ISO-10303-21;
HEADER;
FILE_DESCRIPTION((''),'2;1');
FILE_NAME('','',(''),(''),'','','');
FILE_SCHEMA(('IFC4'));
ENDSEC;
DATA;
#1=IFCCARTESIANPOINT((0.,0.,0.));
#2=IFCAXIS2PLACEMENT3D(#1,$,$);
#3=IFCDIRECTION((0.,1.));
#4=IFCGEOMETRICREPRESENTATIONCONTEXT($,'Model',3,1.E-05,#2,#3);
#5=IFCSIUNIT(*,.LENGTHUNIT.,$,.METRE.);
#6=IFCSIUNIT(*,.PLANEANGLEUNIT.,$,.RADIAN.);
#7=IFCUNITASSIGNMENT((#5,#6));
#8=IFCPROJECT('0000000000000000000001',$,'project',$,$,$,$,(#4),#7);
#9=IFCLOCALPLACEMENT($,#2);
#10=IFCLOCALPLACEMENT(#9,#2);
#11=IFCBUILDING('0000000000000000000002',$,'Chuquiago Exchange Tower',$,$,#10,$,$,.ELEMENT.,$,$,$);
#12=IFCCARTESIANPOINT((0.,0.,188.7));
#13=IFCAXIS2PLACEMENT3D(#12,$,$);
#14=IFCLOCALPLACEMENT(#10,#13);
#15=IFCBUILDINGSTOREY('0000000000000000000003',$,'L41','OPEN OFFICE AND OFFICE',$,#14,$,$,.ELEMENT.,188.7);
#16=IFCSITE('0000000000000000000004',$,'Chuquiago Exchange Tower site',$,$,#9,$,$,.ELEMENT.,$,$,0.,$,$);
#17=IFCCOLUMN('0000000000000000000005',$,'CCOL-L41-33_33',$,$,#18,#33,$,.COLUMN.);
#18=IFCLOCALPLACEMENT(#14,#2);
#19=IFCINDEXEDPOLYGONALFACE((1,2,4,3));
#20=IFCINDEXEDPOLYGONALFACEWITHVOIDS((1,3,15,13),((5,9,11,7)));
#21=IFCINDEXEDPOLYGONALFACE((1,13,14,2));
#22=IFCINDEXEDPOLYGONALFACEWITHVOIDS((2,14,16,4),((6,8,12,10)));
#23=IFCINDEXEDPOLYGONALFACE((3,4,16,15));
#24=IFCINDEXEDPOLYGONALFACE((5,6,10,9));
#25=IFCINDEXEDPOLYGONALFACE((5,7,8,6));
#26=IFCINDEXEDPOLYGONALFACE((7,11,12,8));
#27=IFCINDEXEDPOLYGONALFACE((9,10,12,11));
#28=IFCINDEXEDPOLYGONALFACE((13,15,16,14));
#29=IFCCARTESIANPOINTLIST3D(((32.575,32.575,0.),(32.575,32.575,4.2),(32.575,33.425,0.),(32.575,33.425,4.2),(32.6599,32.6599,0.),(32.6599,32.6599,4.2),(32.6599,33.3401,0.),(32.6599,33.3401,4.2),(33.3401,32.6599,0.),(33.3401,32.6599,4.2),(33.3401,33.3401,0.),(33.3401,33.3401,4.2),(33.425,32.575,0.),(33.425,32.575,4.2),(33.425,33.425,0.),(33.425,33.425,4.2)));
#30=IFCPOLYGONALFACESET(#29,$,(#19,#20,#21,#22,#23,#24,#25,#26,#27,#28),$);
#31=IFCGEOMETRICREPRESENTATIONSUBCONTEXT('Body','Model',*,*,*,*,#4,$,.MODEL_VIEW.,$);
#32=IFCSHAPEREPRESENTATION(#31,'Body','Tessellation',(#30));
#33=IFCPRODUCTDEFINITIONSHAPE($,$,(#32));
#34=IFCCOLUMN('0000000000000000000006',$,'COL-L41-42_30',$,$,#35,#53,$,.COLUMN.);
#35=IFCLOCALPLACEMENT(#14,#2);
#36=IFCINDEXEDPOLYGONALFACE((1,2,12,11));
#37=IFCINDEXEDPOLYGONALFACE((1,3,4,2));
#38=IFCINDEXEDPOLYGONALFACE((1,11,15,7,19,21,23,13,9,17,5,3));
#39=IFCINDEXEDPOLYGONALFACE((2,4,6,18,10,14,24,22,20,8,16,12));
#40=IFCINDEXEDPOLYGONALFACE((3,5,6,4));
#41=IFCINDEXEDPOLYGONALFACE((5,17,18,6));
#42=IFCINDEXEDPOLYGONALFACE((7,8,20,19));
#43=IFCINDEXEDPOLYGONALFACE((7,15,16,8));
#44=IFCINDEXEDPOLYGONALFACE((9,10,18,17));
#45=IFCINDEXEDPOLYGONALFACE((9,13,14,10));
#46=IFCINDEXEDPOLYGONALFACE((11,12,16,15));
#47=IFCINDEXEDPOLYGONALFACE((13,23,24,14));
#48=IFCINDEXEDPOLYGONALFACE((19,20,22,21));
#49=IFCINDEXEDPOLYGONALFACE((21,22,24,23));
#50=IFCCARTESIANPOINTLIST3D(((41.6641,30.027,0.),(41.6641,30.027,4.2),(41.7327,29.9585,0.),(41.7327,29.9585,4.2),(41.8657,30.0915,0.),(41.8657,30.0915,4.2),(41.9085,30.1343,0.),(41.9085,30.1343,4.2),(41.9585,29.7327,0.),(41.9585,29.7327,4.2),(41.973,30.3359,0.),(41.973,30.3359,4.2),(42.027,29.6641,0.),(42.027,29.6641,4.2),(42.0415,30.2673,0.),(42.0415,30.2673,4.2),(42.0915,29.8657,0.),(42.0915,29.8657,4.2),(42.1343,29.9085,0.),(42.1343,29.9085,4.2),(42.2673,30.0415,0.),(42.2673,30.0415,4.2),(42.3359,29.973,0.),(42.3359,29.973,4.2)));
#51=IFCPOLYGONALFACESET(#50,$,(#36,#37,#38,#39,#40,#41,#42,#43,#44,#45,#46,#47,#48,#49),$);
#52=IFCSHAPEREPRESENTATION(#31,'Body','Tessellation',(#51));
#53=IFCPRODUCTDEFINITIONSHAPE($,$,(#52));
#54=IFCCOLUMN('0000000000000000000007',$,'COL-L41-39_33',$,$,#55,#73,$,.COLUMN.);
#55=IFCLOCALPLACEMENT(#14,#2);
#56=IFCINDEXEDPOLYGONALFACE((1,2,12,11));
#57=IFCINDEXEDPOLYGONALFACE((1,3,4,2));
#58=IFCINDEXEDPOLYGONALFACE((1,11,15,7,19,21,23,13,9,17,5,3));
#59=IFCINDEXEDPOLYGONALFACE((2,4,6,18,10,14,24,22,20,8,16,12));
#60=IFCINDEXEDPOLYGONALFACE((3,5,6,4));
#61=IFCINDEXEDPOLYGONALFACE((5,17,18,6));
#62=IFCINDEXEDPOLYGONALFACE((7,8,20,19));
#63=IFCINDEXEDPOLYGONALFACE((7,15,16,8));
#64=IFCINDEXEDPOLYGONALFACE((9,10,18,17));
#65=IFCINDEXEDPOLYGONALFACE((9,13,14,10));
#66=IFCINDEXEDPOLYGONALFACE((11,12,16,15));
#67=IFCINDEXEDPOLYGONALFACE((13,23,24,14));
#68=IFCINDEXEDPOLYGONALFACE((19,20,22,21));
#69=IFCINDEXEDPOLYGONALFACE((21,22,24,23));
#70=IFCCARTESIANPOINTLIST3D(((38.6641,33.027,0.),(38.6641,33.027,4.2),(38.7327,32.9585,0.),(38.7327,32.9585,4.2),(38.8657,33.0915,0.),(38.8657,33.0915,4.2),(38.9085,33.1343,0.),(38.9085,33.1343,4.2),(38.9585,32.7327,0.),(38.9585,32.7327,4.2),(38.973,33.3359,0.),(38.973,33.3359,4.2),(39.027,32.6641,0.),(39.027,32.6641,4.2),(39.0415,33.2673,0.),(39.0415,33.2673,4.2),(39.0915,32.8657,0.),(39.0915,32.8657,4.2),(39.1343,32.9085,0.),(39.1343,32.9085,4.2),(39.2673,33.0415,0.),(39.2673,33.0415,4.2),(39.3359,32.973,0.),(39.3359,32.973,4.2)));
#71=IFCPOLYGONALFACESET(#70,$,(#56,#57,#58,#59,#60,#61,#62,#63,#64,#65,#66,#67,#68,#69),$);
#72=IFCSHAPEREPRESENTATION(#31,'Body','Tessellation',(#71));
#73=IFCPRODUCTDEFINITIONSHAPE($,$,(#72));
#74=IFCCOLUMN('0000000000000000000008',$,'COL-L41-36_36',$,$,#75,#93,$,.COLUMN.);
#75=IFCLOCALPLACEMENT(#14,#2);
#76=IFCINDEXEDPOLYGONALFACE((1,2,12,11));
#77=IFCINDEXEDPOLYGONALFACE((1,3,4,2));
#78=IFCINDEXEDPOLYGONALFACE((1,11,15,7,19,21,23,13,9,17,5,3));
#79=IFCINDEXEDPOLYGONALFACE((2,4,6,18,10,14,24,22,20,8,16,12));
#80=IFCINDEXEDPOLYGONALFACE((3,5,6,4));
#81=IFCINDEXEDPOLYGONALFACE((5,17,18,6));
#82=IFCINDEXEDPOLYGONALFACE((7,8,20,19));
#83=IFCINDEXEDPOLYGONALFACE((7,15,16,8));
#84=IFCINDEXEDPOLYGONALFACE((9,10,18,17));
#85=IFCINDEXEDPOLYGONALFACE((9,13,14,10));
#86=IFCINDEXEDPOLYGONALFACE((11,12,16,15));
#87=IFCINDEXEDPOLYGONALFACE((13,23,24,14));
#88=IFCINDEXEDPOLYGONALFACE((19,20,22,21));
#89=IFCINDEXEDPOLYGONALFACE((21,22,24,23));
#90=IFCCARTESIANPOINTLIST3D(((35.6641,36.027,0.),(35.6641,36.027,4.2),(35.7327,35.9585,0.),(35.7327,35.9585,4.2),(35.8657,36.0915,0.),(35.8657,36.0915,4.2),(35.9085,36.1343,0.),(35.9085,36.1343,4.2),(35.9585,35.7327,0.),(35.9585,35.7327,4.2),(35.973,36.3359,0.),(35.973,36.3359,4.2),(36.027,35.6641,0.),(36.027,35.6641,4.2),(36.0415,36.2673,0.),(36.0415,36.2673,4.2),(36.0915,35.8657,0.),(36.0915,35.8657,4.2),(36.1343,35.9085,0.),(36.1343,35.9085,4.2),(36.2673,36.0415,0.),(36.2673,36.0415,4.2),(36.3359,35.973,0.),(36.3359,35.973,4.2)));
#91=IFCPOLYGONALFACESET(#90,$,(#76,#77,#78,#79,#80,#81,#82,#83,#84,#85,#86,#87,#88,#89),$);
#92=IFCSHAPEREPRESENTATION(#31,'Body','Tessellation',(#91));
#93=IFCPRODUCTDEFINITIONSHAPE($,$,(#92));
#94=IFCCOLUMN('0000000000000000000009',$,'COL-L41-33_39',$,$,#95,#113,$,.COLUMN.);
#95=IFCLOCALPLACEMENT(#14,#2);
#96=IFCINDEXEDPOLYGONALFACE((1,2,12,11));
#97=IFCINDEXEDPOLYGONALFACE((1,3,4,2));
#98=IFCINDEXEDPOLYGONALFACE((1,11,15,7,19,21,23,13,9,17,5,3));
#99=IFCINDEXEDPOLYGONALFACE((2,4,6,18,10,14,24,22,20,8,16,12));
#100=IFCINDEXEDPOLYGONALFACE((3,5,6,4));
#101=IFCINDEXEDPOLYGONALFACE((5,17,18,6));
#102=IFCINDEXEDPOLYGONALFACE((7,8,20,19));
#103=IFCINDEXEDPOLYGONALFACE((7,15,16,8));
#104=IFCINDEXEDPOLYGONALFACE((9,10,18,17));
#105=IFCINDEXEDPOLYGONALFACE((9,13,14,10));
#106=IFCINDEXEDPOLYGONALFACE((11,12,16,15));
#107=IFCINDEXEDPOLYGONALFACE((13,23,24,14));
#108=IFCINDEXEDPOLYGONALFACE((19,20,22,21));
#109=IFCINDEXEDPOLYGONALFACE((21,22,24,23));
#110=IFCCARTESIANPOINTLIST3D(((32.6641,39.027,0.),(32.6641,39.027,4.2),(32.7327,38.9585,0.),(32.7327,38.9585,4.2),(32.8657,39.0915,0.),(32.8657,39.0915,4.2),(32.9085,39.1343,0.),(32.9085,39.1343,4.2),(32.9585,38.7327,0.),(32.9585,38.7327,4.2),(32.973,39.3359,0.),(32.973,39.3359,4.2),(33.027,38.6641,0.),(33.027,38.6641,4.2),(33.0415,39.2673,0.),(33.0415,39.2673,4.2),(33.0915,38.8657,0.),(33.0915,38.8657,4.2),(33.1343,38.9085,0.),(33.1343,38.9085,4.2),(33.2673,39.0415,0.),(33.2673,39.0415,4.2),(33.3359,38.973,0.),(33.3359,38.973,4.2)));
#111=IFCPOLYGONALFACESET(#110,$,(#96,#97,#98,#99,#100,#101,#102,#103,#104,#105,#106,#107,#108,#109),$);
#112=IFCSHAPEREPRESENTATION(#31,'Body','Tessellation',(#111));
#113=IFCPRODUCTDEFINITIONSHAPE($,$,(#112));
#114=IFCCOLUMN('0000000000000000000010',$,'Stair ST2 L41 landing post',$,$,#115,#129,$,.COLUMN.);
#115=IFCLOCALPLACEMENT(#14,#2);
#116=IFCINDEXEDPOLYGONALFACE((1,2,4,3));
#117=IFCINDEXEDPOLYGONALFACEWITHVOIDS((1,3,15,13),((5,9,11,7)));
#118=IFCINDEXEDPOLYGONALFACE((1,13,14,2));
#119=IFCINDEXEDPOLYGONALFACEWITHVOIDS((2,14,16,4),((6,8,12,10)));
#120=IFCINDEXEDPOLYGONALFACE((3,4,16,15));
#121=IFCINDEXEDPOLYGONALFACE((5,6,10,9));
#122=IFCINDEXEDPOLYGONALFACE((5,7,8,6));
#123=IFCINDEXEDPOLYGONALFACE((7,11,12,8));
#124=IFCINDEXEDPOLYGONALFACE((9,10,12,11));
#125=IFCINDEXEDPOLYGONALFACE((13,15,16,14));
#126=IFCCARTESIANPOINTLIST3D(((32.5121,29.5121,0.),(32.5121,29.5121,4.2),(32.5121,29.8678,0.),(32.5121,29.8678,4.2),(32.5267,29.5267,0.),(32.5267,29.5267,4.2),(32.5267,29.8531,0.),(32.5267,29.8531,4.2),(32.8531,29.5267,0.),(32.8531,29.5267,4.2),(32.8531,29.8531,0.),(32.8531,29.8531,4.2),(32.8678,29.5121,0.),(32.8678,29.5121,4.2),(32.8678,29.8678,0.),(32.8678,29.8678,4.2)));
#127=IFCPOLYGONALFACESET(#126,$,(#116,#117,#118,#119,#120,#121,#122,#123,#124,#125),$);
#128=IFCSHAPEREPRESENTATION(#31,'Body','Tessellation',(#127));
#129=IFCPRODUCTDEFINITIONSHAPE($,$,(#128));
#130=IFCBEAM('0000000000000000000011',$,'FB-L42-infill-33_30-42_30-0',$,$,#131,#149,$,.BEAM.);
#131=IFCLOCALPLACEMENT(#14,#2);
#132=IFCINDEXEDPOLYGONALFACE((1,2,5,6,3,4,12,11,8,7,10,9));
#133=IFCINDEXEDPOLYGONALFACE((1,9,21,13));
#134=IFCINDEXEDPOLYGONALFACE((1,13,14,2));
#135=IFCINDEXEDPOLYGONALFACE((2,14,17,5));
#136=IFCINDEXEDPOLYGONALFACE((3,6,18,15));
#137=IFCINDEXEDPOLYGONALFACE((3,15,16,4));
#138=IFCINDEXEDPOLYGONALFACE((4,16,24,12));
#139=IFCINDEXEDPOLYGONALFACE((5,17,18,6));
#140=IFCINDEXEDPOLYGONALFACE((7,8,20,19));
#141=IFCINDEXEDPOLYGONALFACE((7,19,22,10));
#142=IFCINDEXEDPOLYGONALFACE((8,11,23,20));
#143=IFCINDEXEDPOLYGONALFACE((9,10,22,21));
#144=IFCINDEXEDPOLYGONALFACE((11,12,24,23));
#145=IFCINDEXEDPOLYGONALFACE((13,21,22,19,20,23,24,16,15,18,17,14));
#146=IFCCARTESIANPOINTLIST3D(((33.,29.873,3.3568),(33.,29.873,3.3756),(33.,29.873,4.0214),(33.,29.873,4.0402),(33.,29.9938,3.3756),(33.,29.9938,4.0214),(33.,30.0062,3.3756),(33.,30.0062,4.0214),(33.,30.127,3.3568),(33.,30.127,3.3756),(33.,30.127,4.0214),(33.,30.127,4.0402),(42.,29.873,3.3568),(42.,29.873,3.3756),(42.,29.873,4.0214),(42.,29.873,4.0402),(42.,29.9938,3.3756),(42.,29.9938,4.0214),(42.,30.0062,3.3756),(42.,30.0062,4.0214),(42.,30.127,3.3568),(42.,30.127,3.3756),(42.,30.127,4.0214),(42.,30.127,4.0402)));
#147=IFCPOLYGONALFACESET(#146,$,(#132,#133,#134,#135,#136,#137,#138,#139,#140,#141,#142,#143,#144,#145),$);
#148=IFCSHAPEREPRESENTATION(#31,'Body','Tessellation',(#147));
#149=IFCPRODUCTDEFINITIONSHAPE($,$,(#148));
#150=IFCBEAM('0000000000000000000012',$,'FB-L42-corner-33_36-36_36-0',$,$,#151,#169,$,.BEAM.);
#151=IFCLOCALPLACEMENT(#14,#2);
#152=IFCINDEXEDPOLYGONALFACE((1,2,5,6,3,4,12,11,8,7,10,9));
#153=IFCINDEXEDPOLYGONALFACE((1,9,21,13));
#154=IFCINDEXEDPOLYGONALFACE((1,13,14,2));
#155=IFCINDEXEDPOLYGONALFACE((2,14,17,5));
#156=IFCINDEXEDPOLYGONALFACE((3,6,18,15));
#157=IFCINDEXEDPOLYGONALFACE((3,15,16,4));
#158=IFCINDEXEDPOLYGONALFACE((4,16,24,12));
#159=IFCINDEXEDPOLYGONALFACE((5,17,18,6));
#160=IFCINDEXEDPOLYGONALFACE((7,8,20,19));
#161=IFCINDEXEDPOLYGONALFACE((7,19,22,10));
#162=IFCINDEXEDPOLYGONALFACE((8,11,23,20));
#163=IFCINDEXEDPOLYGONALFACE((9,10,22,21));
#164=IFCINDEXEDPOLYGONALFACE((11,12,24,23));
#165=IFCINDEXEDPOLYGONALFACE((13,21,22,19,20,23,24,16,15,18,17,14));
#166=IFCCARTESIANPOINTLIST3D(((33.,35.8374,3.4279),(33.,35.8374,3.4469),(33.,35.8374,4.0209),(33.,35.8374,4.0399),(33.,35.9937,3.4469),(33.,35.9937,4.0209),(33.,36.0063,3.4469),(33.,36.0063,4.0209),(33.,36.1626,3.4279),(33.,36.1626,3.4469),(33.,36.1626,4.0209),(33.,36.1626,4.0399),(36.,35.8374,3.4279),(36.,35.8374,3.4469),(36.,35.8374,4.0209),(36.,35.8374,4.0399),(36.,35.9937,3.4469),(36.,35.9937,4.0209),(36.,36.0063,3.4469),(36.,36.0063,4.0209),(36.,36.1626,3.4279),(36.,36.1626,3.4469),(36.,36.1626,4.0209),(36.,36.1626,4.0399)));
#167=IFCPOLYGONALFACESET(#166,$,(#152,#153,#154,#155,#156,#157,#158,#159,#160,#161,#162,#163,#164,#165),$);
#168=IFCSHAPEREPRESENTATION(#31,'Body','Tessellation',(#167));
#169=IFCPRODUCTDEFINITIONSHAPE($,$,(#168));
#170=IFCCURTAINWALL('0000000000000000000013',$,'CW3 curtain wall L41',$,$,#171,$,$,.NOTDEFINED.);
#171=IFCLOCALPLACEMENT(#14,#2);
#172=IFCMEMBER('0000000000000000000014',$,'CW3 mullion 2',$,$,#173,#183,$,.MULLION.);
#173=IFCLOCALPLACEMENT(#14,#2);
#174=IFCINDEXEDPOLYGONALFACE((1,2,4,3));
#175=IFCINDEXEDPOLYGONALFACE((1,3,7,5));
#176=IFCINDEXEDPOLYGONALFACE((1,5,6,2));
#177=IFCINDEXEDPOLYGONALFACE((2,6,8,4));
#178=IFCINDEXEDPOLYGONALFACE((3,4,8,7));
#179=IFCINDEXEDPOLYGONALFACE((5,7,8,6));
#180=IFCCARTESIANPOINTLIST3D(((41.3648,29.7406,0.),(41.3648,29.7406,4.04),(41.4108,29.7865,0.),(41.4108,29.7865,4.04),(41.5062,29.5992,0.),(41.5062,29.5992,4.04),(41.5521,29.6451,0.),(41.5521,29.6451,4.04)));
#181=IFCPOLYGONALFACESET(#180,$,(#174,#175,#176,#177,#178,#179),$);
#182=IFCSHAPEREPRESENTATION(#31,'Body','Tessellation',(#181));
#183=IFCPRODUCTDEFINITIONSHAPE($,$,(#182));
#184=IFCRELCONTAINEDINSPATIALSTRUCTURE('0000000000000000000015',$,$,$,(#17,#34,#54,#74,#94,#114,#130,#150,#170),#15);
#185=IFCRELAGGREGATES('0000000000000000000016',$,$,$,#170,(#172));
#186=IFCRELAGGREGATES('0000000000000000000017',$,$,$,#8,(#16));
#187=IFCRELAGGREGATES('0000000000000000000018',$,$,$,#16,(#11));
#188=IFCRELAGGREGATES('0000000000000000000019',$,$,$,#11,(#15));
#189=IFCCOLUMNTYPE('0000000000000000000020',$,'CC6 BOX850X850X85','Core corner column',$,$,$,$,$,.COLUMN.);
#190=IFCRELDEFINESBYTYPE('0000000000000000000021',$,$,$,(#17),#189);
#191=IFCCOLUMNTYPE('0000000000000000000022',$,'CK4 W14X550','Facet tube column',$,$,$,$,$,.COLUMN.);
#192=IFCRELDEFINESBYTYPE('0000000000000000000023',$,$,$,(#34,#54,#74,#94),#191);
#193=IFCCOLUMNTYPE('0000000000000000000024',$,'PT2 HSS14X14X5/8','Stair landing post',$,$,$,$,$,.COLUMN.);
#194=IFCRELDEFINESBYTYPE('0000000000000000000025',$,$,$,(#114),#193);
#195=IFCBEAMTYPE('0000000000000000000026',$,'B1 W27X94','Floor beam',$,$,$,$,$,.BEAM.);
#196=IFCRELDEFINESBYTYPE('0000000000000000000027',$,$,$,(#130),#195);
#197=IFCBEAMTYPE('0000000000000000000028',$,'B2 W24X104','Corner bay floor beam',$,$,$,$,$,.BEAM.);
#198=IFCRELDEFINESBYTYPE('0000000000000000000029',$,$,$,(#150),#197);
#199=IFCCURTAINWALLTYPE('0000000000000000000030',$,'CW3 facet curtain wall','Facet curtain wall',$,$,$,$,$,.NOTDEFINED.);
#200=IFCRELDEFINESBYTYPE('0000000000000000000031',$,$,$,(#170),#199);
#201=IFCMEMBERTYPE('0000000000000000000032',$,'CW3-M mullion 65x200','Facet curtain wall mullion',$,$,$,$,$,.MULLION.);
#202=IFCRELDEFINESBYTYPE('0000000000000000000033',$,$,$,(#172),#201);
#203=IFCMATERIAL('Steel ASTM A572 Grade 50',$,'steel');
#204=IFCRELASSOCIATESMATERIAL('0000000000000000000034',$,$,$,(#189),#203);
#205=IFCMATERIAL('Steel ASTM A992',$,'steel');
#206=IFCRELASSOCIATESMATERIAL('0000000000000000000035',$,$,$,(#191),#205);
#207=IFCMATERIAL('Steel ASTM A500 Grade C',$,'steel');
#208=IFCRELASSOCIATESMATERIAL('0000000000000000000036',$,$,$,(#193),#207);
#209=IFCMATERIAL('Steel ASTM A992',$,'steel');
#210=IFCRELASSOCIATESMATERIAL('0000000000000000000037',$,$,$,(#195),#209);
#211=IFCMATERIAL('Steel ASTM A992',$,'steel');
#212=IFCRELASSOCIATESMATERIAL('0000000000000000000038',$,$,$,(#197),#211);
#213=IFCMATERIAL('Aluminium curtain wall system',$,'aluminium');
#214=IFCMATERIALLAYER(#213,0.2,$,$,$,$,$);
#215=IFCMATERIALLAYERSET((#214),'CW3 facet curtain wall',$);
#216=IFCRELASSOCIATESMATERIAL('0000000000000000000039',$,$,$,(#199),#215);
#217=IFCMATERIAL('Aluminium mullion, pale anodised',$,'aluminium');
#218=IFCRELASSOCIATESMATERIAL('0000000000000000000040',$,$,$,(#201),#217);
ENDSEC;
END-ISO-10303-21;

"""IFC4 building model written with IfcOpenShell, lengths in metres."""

from ifc_helpers import new_model, si_unit, direction, frame, origin, origin_2d, place, context, subcontext, project, spatial, rectangle, hollow_rectangle, i_section, extrude, material, layer, layer_set, material_profile, profile_set, type_object, element, aggregate, save


model = new_model("IFC4")

# Units and contexts
model_context = context("Model", 3, precision=1e-05, world=origin(), true_north=direction((0.0, 1.0)))
body_context = subcontext(model_context, "Body", "Model", "MODEL_VIEW")
ifc_project = project(units=[si_unit("LENGTHUNIT", "METRE"), si_unit("PLANEANGLEUNIT", "RADIAN")], contexts=[model_context])

# Site, building, storey
site_placement = place(None, origin())
site = spatial("IfcSite", under=ifc_project, at=site_placement, Name="Chuquiago Exchange Tower site", CompositionType="ELEMENT", RefElevation=0.0)
building_placement = place(site_placement, origin())
building = spatial("IfcBuilding", under=site, at=building_placement, Name="Chuquiago Exchange Tower", CompositionType="ELEMENT")
storey_placement = place(building_placement, frame((0.0, 0.0, 188.7)))
storey = spatial("IfcBuildingStorey", under=building, at=storey_placement, Name="L41", Description="OPEN OFFICE AND OFFICE", CompositionType="ELEMENT", Elevation=188.7)

# Columns
ifc_material_1 = material(Name="Steel ASTM A572 Grade 50", Category="steel")
ifc_material_profile_1 = material_profile(ifc_material_1, hollow_rectangle(XDim=0.8501, YDim=0.8501, WallThickness=0.085, at=origin_2d()), Name="BOX850X850X85")
ifc_profile_set_1 = profile_set([ifc_material_profile_1], Name="Steel ASTM A572 Grade 50")
column_type_1 = type_object("IfcColumnType", Name="CC6 BOX850X850X85", Description="Core corner column", PredefinedType="COLUMN", material=ifc_profile_set_1)
column_1_placement = place(storey_placement, frame((33.0, 33.0, 0.0), z_axis=(0.0, 0.0, 1.0), x_axis=(1.0, 0.0, 0.0)))
element("IfcColumn", 1, at=column_1_placement, inside=storey, type_object=column_type_1, Name="CCOL-L41-33_33", PredefinedType="COLUMN", context=body_context, shape_type="SweptSolid", body=[
    extrude(hollow_rectangle(XDim=0.8501, YDim=0.8501, WallThickness=0.085, at=origin_2d()), origin(), (0.0, 0.0, 1.0), 4.2),
])
ifc_material_2 = material(Name="Steel ASTM A992", Category="steel")
ifc_material_profile_2 = material_profile(ifc_material_2, i_section(OverallWidth=0.4368, OverallDepth=0.5132, WebThickness=0.0605, FlangeThickness=0.0969, at=origin_2d()), Name="W14X550")
ifc_profile_set_2 = profile_set([ifc_material_profile_2], Name="Steel ASTM A992")
column_type_2 = type_object("IfcColumnType", Name="CK4 W14X550", Description="Facet tube column", PredefinedType="COLUMN", material=ifc_profile_set_2)
for number, where, z_axis, x_axis, name in (
    (2, (42.0, 30.0, 0.0), (0.0, 0.0, 1.0), (0.707107, 0.707107, 0.0), "COL-L41-42_30"),
    (3, (39.0, 33.0, 0.0), (0.0, 0.0, 1.0), (0.707107, 0.707107, 0.0), "COL-L41-39_33"),
    (4, (36.0, 36.0, 0.0), (0.0, 0.0, 1.0), (0.707107, 0.707107, 0.0), "COL-L41-36_36"),
    (5, (33.0, 39.0, 0.0), (0.0, 0.0, 1.0), (0.707107, 0.707107, 0.0), "COL-L41-33_39"),
):
    element("IfcColumn", number, at=place(storey_placement, frame(where, z_axis=z_axis, x_axis=x_axis)), inside=storey, type_object=column_type_2, Name=name, PredefinedType="COLUMN", context=body_context, shape_type="SweptSolid", body=[
        extrude(i_section(OverallWidth=0.4368, OverallDepth=0.5132, WebThickness=0.0605, FlangeThickness=0.0969, at=origin_2d()), origin(), (0.0, 0.0, 1.0), 4.2),
    ])
ifc_material_3 = material(Name="Steel ASTM A500 Grade C", Category="steel")
ifc_material_profile_3 = material_profile(ifc_material_3, hollow_rectangle(XDim=0.3557, YDim=0.3557, WallThickness=0.0146, at=origin_2d()), Name="HSS14X14X5/8")
ifc_profile_set_3 = profile_set([ifc_material_profile_3], Name="Steel ASTM A500 Grade C")
column_type_3 = type_object("IfcColumnType", Name="PT2 HSS14X14X5/8", Description="Stair landing post", PredefinedType="COLUMN", material=ifc_profile_set_3)
column_2_placement = place(storey_placement, frame((32.6899, 29.6899, 0.0), z_axis=(0.0, 0.0, 1.0), x_axis=(1.0, 0.0, 0.0)))
element("IfcColumn", 6, at=column_2_placement, inside=storey, type_object=column_type_3, Name="Stair ST2 L41 landing post", PredefinedType="COLUMN", context=body_context, shape_type="SweptSolid", body=[
    extrude(hollow_rectangle(XDim=0.3557, YDim=0.3557, WallThickness=0.0146, at=origin_2d()), origin(), (0.0, 0.0, 1.0), 4.2),
])

# Beams
ifc_material_4 = material(Name="Steel ASTM A992", Category="steel")
ifc_material_profile_4 = material_profile(ifc_material_4, i_section(OverallWidth=0.2539, OverallDepth=0.6833, WebThickness=0.0125, FlangeThickness=0.0188, at=origin_2d()), Name="W27X94")
ifc_profile_set_4 = profile_set([ifc_material_profile_4], Name="Steel ASTM A992")
beam_type_1 = type_object("IfcBeamType", Name="B1 W27X94", Description="Floor beam", PredefinedType="BEAM", material=ifc_profile_set_4)
beam_1_placement = place(storey_placement, frame((33.0, 30.0, 3.6985), z_axis=(1.0, 0.0, 0.0), x_axis=(0.0, 1.0, 0.0)))
element("IfcBeam", 7, at=beam_1_placement, inside=storey, type_object=beam_type_1, Name="FB-L42-infill-33_30-42_30-0", PredefinedType="BEAM", context=body_context, shape_type="SweptSolid", body=[
    extrude(i_section(OverallWidth=0.2539, OverallDepth=0.6833, WebThickness=0.0125, FlangeThickness=0.0188, at=origin_2d()), origin(), (0.0, 0.0, 1.0), 9.0),
])
ifc_material_5 = material(Name="Steel ASTM A992", Category="steel")
ifc_material_profile_5 = material_profile(ifc_material_5, i_section(OverallWidth=0.3252, OverallDepth=0.6121, WebThickness=0.0127, FlangeThickness=0.019, at=origin_2d()), Name="W24X104")
ifc_profile_set_5 = profile_set([ifc_material_profile_5], Name="Steel ASTM A992")
beam_type_2 = type_object("IfcBeamType", Name="B2 W24X104", Description="Corner bay floor beam", PredefinedType="BEAM", material=ifc_profile_set_5)
beam_2_placement = place(storey_placement, frame((33.0, 36.0, 3.7339), z_axis=(1.0, 0.0, 0.0), x_axis=(0.0, 1.0, 0.0)))
element("IfcBeam", 8, at=beam_2_placement, inside=storey, type_object=beam_type_2, Name="FB-L42-corner-33_36-36_36-0", PredefinedType="BEAM", context=body_context, shape_type="SweptSolid", body=[
    extrude(i_section(OverallWidth=0.3252, OverallDepth=0.6121, WebThickness=0.0127, FlangeThickness=0.019, at=origin_2d()), origin(), (0.0, 0.0, 1.0), 3.0),
])

# Curtain wall, member
ifc_material_6 = material(Name="Aluminium curtain wall system", Category="aluminium")
ifc_layer_1 = layer(ifc_material_6, 0.2)
ifc_layer_set_1 = layer_set([ifc_layer_1], Name="CW3 facet curtain wall")
curtain_wall_type = type_object("IfcCurtainWallType", Name="CW3 facet curtain wall", Description="Facet curtain wall", PredefinedType="NOTDEFINED", material=ifc_layer_set_1)
curtain_wall_placement = place(storey_placement, origin())
curtain_wall = element("IfcCurtainWall", 9, at=curtain_wall_placement, inside=storey, type_object=curtain_wall_type, Name="CW3 curtain wall L41", PredefinedType="NOTDEFINED")
ifc_material_7 = material(Name="Aluminium mullion, pale anodised", Category="aluminium")
ifc_material_profile_6 = material_profile(ifc_material_7, rectangle(XDim=0.0649, YDim=0.2, at=origin_2d()), Name="AL 65x200")
ifc_profile_set_6 = profile_set([ifc_material_profile_6], Name="Aluminium mullion, pale anodised")
member_type_1 = type_object("IfcMemberType", Name="CW3-M mullion 65x200", Description="Facet curtain wall mullion", PredefinedType="MULLION", material=ifc_profile_set_6)
member_1_placement = place(storey_placement, frame((41.4585, 29.6929, 0.0), z_axis=(0.0, 0.0, 1.0), x_axis=(-0.707107, -0.707107, 0.0)))
member_1 = element("IfcMember", 10, at=member_1_placement, type_object=member_type_1, Name="CW3 mullion 2", PredefinedType="MULLION", context=body_context, shape_type="SweptSolid", body=[
    extrude(rectangle(XDim=0.0649, YDim=0.2, at=origin_2d()), origin(), (0.0, 0.0, 1.0), 4.04),
])

aggregate(curtain_wall, [member_1])

save(model, "model.ifc")
